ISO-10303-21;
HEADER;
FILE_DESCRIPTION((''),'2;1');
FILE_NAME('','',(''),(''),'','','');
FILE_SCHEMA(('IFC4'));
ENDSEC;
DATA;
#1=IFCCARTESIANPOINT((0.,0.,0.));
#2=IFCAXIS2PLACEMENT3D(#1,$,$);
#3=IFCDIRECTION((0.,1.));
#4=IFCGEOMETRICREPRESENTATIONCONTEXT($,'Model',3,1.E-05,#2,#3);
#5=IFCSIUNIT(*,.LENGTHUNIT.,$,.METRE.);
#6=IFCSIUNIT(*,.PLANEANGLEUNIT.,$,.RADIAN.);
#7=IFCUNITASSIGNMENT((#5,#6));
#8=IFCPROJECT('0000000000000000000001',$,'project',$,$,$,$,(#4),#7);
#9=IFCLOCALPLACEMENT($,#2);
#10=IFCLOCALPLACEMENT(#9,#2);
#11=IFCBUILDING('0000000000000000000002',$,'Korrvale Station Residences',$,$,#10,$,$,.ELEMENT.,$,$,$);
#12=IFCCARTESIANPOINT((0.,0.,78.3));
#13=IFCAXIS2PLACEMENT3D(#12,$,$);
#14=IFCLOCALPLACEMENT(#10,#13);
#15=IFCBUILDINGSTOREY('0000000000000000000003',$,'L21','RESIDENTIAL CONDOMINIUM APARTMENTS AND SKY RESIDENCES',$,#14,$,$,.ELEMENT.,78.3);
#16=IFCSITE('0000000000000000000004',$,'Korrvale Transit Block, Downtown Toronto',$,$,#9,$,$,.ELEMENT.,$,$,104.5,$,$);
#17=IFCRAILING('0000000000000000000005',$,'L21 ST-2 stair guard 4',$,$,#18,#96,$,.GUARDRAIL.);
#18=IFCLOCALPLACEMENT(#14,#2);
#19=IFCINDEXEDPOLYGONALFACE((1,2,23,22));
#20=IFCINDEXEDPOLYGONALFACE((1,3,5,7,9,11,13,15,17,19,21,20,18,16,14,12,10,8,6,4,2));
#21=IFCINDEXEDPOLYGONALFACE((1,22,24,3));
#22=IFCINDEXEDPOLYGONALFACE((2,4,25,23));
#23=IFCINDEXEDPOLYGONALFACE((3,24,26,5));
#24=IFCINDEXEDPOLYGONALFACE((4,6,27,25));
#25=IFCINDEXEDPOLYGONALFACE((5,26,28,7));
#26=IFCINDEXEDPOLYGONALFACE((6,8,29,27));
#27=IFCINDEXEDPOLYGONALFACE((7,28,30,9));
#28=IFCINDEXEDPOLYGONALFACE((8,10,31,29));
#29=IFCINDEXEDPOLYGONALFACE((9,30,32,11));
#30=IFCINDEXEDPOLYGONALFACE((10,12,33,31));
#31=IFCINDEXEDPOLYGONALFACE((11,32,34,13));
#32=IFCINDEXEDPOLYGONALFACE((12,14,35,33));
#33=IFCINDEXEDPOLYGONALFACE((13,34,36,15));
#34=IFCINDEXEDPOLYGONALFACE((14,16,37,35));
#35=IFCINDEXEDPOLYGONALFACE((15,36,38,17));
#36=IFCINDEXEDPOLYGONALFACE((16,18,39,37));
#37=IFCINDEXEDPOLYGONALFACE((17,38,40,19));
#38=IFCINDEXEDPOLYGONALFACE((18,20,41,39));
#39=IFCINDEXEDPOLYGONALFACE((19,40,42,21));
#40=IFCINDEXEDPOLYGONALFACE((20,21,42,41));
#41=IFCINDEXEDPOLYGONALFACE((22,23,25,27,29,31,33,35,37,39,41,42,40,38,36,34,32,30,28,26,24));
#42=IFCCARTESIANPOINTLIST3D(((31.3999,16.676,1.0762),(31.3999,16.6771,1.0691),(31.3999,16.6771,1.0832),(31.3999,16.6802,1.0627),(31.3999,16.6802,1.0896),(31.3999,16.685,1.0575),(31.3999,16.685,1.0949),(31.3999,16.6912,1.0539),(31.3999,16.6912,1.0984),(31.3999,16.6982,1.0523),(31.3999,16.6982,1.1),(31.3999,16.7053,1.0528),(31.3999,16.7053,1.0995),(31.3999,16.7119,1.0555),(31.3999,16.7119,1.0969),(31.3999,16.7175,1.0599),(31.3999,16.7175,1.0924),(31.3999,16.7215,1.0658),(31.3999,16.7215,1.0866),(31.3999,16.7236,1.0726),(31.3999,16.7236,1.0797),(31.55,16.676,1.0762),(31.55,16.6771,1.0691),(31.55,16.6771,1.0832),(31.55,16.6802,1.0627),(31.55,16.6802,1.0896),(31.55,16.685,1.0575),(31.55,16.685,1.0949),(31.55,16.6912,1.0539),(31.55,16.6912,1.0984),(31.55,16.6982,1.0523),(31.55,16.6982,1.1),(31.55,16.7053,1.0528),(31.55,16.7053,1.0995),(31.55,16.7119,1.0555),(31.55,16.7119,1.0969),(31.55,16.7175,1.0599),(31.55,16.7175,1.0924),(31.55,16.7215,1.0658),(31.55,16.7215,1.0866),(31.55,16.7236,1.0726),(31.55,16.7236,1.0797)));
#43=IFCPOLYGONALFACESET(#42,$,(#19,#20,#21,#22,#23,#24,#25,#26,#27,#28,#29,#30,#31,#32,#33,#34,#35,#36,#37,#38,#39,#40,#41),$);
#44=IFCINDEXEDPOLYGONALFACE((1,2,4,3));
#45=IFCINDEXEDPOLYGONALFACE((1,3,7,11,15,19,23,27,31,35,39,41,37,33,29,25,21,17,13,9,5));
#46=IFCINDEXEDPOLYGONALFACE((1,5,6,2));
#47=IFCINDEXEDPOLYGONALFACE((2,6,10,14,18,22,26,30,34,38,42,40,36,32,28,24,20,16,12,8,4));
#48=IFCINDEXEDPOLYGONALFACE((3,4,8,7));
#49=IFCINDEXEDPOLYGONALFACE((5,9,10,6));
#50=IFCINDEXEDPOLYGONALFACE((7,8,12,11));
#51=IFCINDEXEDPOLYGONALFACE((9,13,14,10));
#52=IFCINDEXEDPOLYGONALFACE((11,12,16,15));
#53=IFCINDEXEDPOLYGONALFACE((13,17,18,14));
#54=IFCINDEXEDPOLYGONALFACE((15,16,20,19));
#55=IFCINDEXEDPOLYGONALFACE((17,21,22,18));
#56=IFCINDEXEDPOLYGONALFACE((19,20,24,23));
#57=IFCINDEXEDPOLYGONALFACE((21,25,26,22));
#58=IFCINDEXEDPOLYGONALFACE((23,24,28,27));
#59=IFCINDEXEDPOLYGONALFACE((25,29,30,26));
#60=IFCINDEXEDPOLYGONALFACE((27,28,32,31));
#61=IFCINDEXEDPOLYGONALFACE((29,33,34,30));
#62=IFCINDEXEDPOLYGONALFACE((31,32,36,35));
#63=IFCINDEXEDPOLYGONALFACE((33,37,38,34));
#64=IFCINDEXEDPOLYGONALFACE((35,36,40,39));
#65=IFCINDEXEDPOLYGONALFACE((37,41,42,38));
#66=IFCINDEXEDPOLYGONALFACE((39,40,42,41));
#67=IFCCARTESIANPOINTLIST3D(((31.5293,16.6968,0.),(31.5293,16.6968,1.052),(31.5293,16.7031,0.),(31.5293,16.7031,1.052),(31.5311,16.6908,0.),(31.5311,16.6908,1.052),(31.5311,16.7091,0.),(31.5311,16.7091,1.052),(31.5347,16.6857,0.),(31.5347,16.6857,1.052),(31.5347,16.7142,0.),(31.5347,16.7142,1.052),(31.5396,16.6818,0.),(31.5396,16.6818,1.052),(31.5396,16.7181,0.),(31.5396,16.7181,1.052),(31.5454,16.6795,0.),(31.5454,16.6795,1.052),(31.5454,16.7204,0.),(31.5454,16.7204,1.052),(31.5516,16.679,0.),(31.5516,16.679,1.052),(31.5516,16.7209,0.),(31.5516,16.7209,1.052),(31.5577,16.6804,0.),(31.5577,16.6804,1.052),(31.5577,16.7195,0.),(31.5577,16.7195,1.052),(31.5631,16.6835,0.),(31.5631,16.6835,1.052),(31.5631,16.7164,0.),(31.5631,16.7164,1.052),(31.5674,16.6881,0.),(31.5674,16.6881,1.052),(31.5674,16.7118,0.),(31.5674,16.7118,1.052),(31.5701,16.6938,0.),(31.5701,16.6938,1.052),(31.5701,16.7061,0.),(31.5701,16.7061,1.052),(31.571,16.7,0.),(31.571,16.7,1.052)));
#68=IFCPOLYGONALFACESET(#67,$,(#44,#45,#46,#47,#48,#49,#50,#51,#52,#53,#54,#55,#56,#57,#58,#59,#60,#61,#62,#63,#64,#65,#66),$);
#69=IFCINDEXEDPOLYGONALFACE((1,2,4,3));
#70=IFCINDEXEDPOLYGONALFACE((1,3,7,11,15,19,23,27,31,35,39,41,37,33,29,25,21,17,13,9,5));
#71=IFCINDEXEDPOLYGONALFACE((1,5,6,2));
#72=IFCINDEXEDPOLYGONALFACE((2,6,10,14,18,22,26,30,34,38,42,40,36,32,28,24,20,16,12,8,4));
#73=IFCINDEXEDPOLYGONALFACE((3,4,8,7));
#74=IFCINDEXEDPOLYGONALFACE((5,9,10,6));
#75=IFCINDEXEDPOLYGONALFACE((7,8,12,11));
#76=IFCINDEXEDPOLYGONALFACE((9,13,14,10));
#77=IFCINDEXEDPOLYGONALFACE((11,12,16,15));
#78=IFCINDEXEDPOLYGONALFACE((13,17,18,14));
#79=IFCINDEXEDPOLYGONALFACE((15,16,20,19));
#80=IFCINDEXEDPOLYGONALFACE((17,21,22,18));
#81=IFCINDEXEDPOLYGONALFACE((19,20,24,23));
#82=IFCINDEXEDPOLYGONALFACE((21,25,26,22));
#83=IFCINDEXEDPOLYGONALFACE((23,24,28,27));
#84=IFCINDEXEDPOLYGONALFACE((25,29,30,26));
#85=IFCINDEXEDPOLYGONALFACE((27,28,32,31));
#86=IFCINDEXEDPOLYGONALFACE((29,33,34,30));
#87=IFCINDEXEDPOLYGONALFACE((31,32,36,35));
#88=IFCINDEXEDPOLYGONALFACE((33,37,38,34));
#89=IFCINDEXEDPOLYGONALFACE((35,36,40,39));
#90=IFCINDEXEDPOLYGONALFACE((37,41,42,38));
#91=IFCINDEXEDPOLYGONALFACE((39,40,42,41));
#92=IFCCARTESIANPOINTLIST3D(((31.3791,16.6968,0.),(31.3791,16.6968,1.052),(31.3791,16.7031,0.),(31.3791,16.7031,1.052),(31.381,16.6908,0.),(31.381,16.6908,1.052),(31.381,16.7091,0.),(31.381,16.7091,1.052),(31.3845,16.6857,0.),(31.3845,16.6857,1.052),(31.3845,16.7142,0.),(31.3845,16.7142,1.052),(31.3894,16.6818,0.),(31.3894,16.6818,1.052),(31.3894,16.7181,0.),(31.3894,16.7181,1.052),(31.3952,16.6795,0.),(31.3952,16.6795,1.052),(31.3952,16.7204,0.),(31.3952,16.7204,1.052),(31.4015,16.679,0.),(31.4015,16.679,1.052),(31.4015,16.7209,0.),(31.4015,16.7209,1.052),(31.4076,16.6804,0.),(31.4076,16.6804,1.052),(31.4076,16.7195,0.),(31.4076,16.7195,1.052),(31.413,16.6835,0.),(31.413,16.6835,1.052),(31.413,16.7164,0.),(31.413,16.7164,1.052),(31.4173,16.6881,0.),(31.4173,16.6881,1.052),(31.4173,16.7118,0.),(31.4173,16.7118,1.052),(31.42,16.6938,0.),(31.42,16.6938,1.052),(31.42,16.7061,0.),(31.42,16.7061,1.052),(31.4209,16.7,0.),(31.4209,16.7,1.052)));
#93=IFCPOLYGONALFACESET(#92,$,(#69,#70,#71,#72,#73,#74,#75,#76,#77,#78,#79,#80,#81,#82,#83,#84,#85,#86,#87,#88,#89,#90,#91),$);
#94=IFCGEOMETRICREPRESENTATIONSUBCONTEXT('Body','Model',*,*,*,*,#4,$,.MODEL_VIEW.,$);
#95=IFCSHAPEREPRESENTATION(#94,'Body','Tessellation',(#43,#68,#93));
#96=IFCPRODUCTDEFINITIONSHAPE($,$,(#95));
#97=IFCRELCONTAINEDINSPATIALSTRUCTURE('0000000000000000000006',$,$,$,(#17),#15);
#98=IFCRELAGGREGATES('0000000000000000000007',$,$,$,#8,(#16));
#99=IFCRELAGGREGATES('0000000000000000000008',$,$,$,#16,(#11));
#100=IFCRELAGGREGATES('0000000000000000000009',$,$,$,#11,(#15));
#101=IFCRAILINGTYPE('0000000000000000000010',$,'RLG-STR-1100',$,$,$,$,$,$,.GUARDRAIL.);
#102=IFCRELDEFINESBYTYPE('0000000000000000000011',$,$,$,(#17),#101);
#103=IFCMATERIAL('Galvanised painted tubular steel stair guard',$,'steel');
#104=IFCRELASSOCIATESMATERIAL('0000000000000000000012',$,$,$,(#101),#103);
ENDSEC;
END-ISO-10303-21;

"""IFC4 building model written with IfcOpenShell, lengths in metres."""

from ifc_helpers import new_model, si_unit, direction, frame, origin, origin_2d, place, context, subcontext, project, spatial, circle, extrude, material, type_object, element, save


model = new_model("IFC4")

# Units and contexts
model_context = context("Model", 3, precision=1e-05, world=origin(), true_north=direction((0.0, 1.0)))
body_context = subcontext(model_context, "Body", "Model", "MODEL_VIEW")
ifc_project = project(units=[si_unit("LENGTHUNIT", "METRE"), si_unit("PLANEANGLEUNIT", "RADIAN")], contexts=[model_context])

# Site, building, storey
site_placement = place(None, origin())
site = spatial("IfcSite", under=ifc_project, at=site_placement, Name="Korrvale Transit Block, Downtown Toronto", CompositionType="ELEMENT", RefElevation=104.5)
building_placement = place(site_placement, origin())
building = spatial("IfcBuilding", under=site, at=building_placement, Name="Korrvale Station Residences", CompositionType="ELEMENT")
storey_placement = place(building_placement, frame((0.0, 0.0, 78.3)))
storey = spatial("IfcBuildingStorey", under=building, at=storey_placement, Name="L21", Description="RESIDENTIAL CONDOMINIUM APARTMENTS AND SKY RESIDENCES", CompositionType="ELEMENT", Elevation=78.3)

# Railing
ifc_material_1 = material(Name="Galvanised painted tubular steel stair guard", Category="steel")
railing_type_1 = type_object("IfcRailingType", Name="RLG-STR-1100", PredefinedType="GUARDRAIL", material=ifc_material_1)
railing_1_placement = place(storey_placement, frame((31.55, 16.7, 0.0)))
element("IfcRailing", 1, at=railing_1_placement, inside=storey, type_object=railing_type_1, Name="L21 ST-2 stair guard 4", PredefinedType="GUARDRAIL", context=body_context, shape_type="SweptSolid", body=[
    extrude(circle(Radius=0.0239, at=origin_2d()), frame((0.0, 0.0, 1.0762), z_axis=(-1.0, 0.0, 0.0), x_axis=(0.0, -1.0, 0.0)), (0.0, 0.0, 1.0), 0.1501),
    extrude(circle(Radius=0.021, at=origin_2d()), origin(), (0.0, 0.0, 1.0), 1.052),
    extrude(circle(Radius=0.021, at=origin_2d()), frame((-0.1501, 0.0, 0.0)), (0.0, 0.0, 1.0), 1.052),
])

save(model, "model.ifc")
